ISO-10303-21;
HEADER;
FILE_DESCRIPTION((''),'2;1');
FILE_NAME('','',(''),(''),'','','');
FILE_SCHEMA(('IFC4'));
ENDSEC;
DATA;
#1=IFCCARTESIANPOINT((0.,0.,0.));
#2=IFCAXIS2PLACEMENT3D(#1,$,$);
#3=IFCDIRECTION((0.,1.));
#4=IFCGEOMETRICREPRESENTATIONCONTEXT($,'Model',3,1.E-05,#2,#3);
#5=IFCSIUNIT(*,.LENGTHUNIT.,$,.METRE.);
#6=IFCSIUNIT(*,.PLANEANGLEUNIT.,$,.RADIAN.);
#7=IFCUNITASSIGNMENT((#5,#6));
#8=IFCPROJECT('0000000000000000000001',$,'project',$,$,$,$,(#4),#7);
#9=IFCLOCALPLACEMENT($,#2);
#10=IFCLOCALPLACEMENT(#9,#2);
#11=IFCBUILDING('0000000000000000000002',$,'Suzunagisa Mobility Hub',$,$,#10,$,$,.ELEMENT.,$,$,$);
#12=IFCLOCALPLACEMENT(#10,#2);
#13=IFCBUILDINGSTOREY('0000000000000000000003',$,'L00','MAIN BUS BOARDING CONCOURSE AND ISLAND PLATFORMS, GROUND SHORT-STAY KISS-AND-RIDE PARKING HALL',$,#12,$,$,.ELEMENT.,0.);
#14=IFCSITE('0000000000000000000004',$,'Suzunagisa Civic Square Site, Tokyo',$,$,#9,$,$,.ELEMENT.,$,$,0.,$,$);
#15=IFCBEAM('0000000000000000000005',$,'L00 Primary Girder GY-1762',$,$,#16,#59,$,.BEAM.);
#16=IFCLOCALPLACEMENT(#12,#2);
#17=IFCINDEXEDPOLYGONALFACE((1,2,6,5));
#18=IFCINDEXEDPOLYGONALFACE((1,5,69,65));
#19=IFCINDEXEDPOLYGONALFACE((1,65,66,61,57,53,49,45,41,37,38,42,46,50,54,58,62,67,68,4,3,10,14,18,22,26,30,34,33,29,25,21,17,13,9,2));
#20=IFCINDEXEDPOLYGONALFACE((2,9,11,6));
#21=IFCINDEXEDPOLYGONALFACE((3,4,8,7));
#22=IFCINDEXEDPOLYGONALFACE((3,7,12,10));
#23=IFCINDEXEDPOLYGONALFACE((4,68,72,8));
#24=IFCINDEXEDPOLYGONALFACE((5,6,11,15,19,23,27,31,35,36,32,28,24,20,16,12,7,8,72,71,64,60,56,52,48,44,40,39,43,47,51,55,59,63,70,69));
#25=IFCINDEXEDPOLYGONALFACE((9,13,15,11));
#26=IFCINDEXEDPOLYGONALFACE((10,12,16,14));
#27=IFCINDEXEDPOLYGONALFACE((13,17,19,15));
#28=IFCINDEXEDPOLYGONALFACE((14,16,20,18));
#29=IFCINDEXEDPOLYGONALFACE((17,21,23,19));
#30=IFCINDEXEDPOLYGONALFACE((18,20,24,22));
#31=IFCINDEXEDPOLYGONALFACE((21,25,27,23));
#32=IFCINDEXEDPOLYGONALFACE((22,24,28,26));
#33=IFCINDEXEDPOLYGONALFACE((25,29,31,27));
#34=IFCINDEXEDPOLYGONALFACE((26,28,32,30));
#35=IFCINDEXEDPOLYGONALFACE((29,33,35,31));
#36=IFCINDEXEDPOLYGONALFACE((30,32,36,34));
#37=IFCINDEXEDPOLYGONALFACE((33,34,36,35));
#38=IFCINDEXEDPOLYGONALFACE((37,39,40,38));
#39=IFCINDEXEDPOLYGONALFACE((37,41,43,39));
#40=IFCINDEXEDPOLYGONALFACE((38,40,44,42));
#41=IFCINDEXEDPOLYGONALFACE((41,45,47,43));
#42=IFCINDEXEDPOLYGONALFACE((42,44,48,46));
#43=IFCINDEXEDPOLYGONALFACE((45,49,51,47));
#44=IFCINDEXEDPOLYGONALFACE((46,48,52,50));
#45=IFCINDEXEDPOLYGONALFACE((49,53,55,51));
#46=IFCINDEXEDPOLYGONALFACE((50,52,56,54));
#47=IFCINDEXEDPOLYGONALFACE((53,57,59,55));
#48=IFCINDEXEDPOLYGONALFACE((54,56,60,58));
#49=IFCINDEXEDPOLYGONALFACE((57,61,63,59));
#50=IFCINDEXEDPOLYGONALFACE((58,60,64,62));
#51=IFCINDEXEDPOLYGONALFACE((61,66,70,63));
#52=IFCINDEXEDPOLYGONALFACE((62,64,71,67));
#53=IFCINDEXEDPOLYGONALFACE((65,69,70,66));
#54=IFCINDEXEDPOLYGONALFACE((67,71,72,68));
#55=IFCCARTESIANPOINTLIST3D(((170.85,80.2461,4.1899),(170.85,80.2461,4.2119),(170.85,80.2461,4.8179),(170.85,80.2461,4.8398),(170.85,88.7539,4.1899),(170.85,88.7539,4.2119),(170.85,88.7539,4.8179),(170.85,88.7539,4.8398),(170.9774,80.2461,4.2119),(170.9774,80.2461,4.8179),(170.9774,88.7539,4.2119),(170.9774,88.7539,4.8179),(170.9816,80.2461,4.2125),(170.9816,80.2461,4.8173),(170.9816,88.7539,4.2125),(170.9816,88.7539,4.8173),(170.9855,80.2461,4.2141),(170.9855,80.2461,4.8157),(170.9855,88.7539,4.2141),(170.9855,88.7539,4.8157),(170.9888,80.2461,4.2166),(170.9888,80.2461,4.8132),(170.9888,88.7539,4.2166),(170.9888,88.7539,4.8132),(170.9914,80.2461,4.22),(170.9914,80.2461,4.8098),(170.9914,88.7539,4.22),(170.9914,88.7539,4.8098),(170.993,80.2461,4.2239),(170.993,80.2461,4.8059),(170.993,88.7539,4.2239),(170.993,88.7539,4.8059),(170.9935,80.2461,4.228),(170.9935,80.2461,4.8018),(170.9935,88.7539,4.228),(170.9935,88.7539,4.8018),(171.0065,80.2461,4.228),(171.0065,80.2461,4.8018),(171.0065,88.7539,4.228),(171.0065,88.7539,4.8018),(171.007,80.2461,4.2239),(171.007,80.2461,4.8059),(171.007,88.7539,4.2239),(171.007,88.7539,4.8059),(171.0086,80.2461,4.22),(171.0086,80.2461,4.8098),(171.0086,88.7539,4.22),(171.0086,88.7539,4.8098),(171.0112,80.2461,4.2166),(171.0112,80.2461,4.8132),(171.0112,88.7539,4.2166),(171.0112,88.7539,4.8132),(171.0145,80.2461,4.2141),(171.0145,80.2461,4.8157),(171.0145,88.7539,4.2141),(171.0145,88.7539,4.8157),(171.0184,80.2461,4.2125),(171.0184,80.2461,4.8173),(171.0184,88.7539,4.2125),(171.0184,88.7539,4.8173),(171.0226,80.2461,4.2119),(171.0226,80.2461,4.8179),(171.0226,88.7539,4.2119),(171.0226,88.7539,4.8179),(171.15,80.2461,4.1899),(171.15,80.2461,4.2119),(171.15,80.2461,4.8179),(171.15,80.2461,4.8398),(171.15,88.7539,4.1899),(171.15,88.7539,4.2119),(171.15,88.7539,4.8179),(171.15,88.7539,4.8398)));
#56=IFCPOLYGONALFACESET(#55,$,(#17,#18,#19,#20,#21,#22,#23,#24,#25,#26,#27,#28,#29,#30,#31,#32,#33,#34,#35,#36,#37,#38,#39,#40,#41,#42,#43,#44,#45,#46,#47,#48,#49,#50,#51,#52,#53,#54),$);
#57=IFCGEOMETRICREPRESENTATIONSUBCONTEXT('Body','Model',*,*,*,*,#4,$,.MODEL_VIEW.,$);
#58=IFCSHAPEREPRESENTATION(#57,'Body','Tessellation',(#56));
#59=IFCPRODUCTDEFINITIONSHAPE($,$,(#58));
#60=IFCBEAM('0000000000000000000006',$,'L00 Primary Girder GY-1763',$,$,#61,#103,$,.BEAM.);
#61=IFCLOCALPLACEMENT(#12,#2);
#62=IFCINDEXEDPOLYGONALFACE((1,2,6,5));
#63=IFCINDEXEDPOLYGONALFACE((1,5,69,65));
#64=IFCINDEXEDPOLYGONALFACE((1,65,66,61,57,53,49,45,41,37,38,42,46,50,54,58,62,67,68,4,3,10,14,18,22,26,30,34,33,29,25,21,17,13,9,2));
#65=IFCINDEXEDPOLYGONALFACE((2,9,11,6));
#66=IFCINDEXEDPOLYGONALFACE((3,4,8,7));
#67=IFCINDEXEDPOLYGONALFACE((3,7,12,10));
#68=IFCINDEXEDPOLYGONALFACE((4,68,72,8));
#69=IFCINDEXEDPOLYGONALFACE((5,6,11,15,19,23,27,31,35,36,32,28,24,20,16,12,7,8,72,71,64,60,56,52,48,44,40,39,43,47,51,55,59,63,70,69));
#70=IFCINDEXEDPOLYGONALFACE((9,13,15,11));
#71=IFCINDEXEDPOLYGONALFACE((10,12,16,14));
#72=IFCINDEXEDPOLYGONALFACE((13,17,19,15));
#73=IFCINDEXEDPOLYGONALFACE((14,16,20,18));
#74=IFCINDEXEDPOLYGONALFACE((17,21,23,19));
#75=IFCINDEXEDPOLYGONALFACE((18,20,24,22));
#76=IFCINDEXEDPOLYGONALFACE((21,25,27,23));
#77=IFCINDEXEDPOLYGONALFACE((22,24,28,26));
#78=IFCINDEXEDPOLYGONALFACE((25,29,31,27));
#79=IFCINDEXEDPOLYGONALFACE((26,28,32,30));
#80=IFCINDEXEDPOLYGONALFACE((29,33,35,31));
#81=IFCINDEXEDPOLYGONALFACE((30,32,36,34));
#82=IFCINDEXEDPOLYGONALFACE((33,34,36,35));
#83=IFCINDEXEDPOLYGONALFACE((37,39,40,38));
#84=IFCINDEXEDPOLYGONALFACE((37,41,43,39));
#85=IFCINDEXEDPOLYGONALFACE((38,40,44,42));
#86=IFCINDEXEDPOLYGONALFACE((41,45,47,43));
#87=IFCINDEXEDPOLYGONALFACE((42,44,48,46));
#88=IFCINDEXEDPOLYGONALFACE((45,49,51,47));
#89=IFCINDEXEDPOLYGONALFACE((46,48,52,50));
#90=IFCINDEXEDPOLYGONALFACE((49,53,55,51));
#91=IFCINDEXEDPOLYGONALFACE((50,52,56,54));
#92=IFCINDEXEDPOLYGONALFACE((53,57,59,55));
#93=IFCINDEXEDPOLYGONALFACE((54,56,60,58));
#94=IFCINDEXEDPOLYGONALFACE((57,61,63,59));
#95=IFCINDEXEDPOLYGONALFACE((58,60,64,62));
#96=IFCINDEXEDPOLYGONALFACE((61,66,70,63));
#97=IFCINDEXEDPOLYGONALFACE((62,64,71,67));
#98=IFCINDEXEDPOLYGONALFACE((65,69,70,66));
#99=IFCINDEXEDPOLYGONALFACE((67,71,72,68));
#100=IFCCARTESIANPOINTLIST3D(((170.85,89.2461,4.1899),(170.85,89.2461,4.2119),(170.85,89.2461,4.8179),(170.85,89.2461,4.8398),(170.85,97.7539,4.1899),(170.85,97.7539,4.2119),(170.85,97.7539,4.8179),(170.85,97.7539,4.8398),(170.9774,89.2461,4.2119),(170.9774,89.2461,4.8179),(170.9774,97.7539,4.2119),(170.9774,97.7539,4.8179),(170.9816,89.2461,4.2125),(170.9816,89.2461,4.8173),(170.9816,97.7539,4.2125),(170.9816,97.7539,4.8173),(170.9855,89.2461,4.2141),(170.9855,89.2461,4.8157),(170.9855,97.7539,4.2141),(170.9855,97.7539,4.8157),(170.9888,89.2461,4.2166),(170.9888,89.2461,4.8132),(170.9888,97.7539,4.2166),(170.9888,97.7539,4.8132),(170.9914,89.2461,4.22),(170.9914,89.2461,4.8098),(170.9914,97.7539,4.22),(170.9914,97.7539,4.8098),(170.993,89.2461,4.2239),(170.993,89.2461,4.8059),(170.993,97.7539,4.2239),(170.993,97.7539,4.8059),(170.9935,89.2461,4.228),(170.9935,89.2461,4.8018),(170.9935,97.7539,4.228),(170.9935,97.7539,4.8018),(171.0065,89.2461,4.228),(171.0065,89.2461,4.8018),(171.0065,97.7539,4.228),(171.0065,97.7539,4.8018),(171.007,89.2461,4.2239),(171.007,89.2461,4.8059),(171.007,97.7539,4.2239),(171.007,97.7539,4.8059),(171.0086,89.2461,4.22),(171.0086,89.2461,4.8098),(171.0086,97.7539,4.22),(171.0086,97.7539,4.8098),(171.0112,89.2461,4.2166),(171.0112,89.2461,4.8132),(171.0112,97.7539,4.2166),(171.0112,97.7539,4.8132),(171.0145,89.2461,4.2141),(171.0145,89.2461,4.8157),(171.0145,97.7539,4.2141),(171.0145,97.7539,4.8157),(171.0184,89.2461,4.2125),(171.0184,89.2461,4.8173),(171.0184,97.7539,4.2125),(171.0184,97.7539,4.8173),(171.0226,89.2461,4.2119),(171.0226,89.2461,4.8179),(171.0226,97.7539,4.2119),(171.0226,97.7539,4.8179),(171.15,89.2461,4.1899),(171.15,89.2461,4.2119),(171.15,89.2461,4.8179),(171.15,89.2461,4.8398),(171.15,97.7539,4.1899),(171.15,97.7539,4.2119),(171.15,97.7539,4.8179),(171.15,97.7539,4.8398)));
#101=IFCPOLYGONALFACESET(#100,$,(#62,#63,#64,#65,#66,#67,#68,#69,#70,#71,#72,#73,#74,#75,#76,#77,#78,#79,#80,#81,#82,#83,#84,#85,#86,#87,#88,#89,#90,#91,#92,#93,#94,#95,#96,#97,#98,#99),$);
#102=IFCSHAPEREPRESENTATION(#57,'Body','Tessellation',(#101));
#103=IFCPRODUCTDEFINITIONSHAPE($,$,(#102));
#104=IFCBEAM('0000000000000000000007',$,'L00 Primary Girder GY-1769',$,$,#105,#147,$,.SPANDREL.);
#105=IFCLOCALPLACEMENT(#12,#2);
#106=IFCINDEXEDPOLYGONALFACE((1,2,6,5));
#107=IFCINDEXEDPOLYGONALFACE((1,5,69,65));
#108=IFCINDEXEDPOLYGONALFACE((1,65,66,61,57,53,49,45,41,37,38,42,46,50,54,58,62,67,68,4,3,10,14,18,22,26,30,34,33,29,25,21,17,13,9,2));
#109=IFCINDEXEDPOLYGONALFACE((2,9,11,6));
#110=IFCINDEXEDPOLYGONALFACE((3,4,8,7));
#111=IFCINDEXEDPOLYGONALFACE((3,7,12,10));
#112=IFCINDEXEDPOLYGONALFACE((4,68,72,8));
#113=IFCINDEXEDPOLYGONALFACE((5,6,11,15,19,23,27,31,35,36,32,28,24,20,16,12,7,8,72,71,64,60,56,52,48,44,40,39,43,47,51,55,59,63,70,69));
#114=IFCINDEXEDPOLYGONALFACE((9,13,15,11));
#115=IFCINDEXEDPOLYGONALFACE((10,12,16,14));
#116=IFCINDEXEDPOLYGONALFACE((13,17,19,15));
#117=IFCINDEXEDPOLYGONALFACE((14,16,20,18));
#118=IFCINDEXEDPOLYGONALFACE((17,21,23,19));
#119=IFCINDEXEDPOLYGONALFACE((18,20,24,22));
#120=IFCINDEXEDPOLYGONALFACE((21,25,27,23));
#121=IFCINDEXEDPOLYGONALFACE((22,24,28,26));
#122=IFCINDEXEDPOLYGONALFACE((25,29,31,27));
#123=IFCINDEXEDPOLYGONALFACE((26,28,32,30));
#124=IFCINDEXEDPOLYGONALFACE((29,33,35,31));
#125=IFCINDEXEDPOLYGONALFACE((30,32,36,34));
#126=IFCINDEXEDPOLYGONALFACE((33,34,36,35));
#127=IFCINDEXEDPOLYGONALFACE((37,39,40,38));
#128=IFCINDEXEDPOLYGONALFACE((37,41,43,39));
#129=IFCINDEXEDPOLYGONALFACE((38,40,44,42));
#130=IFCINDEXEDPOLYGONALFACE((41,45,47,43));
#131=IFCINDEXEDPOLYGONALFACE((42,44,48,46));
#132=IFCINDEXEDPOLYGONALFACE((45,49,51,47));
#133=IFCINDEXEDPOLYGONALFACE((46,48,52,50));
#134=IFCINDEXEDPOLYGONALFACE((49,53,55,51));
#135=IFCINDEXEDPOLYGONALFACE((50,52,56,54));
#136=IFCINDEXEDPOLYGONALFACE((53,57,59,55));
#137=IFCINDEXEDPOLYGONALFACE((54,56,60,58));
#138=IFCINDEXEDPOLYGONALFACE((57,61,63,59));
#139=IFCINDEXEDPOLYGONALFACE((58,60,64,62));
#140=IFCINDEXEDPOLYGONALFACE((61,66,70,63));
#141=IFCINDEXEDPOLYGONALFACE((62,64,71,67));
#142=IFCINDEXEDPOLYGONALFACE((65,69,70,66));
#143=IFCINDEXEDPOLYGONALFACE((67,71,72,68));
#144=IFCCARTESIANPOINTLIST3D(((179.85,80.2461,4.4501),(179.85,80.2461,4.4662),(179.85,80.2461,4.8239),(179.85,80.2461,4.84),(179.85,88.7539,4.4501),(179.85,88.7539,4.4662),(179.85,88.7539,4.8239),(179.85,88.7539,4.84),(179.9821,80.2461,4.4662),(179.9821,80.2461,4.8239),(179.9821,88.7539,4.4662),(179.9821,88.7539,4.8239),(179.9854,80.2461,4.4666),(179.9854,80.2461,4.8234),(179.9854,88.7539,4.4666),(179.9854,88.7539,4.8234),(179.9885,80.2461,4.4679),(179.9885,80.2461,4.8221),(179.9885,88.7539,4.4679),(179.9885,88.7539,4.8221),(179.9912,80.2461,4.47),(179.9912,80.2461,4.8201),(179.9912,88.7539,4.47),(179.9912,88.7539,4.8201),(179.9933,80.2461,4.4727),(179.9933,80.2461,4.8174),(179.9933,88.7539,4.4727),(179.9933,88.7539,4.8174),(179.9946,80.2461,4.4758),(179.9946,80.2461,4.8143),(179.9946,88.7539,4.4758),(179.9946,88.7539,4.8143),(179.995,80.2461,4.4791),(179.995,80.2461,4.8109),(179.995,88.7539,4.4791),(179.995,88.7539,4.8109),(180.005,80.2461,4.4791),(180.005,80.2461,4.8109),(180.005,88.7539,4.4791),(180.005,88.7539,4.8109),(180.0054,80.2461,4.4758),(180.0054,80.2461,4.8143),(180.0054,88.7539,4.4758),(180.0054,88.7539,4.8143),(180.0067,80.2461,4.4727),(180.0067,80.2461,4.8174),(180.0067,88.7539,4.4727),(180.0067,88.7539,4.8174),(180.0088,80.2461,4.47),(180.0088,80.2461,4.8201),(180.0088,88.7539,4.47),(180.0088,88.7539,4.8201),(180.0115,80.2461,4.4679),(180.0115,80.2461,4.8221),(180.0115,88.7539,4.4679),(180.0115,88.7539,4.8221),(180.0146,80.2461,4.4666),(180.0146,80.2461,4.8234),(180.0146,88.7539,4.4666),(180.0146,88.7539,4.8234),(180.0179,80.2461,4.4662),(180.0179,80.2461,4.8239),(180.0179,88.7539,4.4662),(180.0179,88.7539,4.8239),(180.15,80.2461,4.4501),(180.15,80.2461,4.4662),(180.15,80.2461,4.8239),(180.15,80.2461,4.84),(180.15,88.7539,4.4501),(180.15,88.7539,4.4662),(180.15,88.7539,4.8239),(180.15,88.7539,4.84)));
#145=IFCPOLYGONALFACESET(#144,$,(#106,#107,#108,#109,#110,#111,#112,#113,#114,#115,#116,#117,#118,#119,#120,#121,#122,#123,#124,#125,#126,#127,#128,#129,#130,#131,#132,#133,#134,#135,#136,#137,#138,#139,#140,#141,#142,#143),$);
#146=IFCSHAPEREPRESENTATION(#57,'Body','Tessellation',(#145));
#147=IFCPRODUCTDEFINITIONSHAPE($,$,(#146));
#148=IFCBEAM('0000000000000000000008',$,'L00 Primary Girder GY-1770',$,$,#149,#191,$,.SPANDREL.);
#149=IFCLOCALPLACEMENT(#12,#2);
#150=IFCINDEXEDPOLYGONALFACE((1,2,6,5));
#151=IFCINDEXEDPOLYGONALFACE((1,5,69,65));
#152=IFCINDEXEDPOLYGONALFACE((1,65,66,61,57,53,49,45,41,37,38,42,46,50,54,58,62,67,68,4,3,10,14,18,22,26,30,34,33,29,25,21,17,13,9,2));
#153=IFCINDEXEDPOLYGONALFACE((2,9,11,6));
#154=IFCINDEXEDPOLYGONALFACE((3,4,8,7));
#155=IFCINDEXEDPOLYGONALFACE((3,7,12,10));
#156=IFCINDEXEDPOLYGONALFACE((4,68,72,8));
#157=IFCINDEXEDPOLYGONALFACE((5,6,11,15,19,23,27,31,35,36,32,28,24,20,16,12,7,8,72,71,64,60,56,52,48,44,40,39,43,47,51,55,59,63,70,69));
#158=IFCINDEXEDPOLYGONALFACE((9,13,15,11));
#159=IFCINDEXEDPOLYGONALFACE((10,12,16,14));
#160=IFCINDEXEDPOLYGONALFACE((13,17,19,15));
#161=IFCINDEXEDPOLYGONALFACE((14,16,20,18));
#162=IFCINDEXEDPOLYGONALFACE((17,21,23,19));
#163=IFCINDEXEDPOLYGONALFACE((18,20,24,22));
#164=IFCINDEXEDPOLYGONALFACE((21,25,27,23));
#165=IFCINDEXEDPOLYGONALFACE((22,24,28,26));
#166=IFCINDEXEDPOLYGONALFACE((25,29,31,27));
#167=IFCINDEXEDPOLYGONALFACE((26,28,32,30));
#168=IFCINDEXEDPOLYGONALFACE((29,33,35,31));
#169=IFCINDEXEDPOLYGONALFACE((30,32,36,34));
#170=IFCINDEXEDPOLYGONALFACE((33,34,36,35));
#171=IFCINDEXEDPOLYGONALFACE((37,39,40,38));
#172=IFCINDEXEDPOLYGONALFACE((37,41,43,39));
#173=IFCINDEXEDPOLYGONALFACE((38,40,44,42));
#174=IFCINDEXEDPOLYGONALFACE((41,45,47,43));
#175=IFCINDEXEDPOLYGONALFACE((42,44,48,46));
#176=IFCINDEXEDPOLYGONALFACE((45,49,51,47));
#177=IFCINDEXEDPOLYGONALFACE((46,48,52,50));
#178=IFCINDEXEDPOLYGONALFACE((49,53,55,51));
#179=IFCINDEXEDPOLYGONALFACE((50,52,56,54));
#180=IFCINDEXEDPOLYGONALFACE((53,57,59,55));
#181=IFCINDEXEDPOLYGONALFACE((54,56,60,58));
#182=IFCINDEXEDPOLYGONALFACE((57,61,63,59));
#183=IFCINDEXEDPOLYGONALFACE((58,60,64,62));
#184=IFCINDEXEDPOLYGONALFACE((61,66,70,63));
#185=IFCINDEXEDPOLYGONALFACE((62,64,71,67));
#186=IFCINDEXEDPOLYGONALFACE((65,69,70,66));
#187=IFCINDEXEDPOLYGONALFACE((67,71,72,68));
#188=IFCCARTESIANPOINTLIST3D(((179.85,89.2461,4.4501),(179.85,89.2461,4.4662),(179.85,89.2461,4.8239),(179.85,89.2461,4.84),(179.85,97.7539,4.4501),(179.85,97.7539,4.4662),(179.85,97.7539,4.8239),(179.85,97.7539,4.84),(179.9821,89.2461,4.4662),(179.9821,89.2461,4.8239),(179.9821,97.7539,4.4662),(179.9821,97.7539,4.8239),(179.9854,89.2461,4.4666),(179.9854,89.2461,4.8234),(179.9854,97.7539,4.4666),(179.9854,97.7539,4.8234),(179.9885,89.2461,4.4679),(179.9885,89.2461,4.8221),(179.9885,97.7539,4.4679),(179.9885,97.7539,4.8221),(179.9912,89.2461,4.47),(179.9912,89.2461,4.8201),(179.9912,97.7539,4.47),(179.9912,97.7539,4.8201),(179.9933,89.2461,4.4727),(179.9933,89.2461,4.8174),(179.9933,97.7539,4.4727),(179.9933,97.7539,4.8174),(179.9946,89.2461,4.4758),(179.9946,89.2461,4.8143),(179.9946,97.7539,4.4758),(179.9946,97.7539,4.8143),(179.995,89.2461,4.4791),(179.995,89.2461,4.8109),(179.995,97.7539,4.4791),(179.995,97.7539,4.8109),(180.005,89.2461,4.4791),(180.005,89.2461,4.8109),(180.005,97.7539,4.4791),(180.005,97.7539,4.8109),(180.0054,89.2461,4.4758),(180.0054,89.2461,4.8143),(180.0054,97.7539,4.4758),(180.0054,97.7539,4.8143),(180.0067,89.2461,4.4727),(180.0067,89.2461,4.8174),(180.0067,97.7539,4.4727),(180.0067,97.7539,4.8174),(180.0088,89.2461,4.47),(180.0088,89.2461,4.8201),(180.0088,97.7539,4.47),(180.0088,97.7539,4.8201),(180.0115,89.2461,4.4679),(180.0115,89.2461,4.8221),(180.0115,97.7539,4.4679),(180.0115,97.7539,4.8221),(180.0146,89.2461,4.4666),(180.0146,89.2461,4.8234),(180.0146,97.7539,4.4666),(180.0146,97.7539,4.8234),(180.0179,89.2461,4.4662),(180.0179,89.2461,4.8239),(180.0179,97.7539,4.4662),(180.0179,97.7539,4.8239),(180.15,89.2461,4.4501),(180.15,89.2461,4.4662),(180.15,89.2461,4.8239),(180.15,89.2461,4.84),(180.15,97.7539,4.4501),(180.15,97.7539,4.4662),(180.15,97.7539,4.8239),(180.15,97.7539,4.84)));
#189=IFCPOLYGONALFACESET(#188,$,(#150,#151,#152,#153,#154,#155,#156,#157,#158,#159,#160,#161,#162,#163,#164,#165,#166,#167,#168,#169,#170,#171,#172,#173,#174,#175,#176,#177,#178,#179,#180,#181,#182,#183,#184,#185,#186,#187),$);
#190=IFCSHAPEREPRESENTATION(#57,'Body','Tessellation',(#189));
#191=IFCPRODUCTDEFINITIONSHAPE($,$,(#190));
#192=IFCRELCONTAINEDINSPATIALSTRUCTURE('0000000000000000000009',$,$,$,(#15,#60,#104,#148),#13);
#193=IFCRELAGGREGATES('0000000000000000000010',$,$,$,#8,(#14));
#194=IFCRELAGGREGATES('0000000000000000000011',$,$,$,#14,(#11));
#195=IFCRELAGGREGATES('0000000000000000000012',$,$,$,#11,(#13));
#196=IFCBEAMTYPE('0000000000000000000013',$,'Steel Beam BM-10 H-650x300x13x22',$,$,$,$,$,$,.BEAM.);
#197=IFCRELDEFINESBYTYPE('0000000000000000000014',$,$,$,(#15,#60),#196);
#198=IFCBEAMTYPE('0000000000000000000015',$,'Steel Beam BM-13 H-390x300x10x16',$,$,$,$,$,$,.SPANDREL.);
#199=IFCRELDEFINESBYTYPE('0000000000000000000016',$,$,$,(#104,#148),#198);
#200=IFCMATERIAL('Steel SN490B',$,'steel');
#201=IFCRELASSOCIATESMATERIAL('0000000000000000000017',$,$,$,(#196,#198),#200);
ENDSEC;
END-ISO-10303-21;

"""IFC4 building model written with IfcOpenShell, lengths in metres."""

from ifc_helpers import new_model, si_unit, direction, frame, origin, origin_2d, place, context, subcontext, project, spatial, i_section, extrude, material, material_profile, profile_set, type_object, element, save


model = new_model("IFC4")

# Units and contexts
model_context = context("Model", 3, precision=1e-05, world=origin(), true_north=direction((0.0, 1.0)))
body_context = subcontext(model_context, "Body", "Model", "MODEL_VIEW")
ifc_project = project(units=[si_unit("LENGTHUNIT", "METRE"), si_unit("PLANEANGLEUNIT", "RADIAN")], contexts=[model_context])

# Site, building, storey
site_placement = place(None, origin())
site = spatial("IfcSite", under=ifc_project, at=site_placement, Name="Suzunagisa Civic Square Site, Tokyo", CompositionType="ELEMENT", RefElevation=0.0)
building_placement = place(site_placement, origin())
building = spatial("IfcBuilding", under=site, at=building_placement, Name="Suzunagisa Mobility Hub", CompositionType="ELEMENT")
storey_placement = place(building_placement, origin())
storey = spatial("IfcBuildingStorey", under=building, at=storey_placement, Name="L00", Description="MAIN BUS BOARDING CONCOURSE AND ISLAND PLATFORMS, GROUND SHORT-STAY KISS-AND-RIDE PARKING HALL", CompositionType="ELEMENT", Elevation=0.0)

# Shared definitions
ifc_material_1 = material(Name="Steel SN490B", Category="steel")

# Beams
ifc_material_profile_1 = material_profile(ifc_material_1, i_section(OverallWidth=0.3, OverallDepth=0.6499, WebThickness=0.0129, FlangeThickness=0.022, FilletRadius=0.0161, at=origin_2d()), Name="H-650x300x13x22")
ifc_profile_set_1 = profile_set([ifc_material_profile_1], Name="Steel SN490B")
beam_type_1 = type_object("IfcBeamType", Name="Steel Beam BM-10 H-650x300x13x22", PredefinedType="BEAM", material=ifc_profile_set_1)
for number, where, z_axis, x_axis, name in (
    (1, (171.0, 80.2461, 4.5149), (0.0, 1.0, 0.0), (-1.0, 0.0, 0.0), "L00 Primary Girder GY-1762"),
    (2, (171.0, 89.2461, 4.5149), (0.0, 1.0, 0.0), (-1.0, 0.0, 0.0), "L00 Primary Girder GY-1763"),
):
    element("IfcBeam", number, at=place(storey_placement, frame(where, z_axis=z_axis, x_axis=x_axis)), inside=storey, type_object=beam_type_1, Name=name, PredefinedType="BEAM", context=body_context, shape_type="SweptSolid", body=[
        extrude(i_section(OverallWidth=0.3, OverallDepth=0.6499, WebThickness=0.0129, FlangeThickness=0.022, FilletRadius=0.0161, at=origin_2d()), origin(), (0.0, 0.0, 1.0), 8.5078),
    ])
ifc_material_profile_2 = material_profile(ifc_material_1, i_section(OverallWidth=0.3, OverallDepth=0.3899, WebThickness=0.01, FlangeThickness=0.0161, FilletRadius=0.0129, at=origin_2d()), Name="H-390x300x10x16")
ifc_profile_set_2 = profile_set([ifc_material_profile_2], Name="Steel SN490B")
beam_type_2 = type_object("IfcBeamType", Name="Steel Beam BM-13 H-390x300x10x16", PredefinedType="SPANDREL", material=ifc_profile_set_2)
for number, where, z_axis, x_axis, name in (
    (3, (180.0, 80.2461, 4.645), (0.0, 1.0, 0.0), (-1.0, 0.0, 0.0), "L00 Primary Girder GY-1769"),
    (4, (180.0, 89.2461, 4.645), (0.0, 1.0, 0.0), (-1.0, 0.0, 0.0), "L00 Primary Girder GY-1770"),
):
    element("IfcBeam", number, at=place(storey_placement, frame(where, z_axis=z_axis, x_axis=x_axis)), inside=storey, type_object=beam_type_2, Name=name, PredefinedType="SPANDREL", context=body_context, shape_type="SweptSolid", body=[
        extrude(i_section(OverallWidth=0.3, OverallDepth=0.3899, WebThickness=0.01, FlangeThickness=0.0161, FilletRadius=0.0129, at=origin_2d()), origin(), (0.0, 0.0, 1.0), 8.5078),
    ])

save(model, "model.ifc")
